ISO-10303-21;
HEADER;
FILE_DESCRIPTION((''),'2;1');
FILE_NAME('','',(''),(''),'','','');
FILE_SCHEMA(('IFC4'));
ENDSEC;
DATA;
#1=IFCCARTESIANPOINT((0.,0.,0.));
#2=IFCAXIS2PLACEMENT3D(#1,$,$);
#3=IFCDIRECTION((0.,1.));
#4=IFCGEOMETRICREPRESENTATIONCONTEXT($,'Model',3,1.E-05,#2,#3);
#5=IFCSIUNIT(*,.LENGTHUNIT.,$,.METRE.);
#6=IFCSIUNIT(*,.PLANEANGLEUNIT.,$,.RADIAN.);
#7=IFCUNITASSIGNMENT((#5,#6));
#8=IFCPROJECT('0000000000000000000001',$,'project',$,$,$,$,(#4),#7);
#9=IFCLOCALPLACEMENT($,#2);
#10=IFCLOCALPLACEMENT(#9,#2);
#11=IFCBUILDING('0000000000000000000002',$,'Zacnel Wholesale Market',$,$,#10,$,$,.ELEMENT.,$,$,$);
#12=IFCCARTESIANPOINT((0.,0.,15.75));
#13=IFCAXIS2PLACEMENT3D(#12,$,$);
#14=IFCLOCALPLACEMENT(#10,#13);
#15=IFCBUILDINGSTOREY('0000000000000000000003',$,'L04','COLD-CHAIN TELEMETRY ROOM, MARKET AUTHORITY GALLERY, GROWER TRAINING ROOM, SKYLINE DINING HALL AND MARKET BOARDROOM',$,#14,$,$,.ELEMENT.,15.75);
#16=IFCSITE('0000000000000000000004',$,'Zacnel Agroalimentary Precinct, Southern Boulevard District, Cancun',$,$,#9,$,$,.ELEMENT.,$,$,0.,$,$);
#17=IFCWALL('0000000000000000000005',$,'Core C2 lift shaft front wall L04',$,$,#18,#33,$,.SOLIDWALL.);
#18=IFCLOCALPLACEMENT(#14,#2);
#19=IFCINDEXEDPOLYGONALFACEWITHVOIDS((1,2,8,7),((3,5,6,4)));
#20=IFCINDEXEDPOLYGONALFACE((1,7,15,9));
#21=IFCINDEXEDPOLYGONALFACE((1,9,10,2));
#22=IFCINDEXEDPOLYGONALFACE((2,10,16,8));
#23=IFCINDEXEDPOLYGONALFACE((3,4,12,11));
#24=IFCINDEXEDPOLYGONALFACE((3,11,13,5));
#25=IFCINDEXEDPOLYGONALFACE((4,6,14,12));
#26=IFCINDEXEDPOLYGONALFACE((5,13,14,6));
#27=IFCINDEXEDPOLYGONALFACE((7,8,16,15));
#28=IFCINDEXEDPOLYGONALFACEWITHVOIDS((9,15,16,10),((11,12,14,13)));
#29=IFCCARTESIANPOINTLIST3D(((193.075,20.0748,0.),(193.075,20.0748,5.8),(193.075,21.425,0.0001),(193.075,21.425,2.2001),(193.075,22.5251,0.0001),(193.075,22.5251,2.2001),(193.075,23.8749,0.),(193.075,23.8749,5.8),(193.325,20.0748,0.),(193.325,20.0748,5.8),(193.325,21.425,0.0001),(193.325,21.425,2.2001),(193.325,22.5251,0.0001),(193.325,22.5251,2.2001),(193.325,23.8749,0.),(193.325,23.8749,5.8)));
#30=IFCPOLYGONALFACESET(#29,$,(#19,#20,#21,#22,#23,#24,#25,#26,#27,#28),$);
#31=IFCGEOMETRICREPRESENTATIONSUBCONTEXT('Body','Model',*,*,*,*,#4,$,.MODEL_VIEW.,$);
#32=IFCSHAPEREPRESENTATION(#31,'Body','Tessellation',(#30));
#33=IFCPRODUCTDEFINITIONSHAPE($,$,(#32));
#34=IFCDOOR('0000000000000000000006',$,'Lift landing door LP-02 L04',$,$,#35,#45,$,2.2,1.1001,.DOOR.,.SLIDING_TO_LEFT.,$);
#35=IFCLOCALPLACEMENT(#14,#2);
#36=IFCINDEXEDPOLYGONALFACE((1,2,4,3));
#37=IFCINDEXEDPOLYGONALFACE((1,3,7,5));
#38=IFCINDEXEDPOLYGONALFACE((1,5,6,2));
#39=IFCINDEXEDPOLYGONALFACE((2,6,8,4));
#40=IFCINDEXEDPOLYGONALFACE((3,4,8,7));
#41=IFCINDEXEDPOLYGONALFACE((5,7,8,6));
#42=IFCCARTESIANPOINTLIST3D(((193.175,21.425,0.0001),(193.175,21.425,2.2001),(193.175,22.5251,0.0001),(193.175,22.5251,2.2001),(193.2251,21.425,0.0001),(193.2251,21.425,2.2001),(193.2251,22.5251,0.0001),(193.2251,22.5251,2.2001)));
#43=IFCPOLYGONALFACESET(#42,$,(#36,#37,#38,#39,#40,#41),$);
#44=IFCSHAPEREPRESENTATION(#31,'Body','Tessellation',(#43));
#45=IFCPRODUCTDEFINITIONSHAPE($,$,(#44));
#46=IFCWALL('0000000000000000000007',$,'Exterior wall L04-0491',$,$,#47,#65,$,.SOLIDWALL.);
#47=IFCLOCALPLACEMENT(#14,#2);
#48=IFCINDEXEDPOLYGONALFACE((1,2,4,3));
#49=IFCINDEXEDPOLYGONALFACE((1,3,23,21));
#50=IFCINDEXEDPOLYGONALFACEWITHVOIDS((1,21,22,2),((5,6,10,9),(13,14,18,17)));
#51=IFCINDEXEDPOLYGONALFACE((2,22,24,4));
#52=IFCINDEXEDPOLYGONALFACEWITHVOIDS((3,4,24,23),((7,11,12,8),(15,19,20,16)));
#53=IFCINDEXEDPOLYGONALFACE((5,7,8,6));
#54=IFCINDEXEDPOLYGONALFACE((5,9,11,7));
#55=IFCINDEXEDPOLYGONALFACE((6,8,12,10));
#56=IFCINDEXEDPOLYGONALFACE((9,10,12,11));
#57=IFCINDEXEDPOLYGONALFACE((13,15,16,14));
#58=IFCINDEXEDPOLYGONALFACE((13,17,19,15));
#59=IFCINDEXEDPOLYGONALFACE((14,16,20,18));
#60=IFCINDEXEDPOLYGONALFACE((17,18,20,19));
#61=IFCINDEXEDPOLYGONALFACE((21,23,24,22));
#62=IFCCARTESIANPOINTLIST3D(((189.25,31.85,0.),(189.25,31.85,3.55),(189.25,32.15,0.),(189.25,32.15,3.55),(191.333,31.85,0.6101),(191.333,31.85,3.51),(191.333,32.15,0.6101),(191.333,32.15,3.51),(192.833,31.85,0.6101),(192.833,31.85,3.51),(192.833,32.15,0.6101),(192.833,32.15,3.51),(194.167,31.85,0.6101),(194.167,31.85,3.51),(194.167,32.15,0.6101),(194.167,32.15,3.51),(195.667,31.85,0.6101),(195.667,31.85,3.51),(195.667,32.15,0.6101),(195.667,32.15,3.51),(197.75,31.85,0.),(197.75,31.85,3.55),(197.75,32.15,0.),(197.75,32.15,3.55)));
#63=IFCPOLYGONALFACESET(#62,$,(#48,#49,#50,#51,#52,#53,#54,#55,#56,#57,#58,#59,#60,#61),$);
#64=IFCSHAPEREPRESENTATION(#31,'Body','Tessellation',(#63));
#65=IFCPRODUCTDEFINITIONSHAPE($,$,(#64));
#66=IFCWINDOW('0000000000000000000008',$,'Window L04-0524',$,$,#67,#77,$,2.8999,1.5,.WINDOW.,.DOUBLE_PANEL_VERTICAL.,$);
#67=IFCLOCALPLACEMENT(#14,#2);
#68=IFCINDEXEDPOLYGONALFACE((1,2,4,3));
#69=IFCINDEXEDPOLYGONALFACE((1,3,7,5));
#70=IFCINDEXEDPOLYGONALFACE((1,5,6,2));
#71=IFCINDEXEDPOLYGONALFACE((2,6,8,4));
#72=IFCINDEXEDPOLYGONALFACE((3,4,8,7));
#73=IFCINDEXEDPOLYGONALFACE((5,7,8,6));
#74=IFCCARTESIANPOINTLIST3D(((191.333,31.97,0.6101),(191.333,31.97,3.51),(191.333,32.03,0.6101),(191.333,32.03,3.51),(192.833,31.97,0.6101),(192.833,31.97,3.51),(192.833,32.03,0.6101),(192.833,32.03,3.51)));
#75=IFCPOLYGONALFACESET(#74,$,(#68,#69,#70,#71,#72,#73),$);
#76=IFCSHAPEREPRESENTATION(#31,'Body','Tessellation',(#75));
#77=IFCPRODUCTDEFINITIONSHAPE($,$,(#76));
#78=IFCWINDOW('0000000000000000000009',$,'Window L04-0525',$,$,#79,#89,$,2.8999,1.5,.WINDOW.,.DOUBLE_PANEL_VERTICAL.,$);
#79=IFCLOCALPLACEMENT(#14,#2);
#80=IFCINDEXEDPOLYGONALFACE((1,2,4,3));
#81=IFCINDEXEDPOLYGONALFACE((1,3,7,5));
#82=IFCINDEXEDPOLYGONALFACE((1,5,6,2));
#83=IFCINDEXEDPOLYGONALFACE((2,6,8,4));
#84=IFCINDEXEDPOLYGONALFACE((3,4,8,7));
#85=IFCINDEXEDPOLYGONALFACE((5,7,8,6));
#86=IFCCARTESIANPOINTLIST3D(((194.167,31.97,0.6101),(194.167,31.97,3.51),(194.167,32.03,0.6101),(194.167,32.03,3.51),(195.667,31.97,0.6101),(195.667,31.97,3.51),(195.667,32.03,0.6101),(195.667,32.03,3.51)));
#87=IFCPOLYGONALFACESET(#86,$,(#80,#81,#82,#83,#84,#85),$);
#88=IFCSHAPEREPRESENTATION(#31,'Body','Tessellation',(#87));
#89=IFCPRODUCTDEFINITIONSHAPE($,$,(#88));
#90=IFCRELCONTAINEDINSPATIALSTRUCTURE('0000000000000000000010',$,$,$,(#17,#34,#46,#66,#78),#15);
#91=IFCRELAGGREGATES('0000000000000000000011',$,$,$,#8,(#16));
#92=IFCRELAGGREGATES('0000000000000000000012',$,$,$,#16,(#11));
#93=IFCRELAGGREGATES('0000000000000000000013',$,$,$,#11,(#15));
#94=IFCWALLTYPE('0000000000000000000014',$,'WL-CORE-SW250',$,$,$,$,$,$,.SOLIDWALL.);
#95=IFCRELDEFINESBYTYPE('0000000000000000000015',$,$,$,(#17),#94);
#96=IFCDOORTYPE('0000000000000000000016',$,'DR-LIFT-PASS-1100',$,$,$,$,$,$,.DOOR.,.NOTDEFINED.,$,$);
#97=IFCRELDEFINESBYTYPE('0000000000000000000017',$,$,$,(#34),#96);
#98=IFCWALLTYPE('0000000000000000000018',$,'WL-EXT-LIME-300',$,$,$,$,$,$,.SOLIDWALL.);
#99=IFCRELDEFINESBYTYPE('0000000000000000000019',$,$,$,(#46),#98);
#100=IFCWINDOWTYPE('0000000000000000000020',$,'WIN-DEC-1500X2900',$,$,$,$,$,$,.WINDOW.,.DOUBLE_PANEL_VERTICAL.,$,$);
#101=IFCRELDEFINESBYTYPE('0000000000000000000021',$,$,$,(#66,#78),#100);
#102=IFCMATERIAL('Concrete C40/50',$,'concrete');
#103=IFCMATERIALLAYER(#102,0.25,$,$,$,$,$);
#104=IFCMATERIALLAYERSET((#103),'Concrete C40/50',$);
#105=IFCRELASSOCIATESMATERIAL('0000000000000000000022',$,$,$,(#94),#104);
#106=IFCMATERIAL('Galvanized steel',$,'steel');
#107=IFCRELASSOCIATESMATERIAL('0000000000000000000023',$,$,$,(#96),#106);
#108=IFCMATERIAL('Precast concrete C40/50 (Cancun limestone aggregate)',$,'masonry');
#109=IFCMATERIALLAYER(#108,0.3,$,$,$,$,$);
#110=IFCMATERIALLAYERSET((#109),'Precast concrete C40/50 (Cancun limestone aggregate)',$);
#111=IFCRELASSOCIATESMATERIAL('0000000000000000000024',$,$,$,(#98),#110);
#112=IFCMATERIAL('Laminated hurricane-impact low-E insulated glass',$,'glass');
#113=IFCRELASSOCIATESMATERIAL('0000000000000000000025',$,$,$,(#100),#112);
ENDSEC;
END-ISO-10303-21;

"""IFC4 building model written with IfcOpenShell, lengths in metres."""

from ifc_helpers import new_model, si_unit, direction, frame, frame_2d, origin, place, context, subcontext, project, spatial, rectangle, extrude, material, layer, layer_set, type_object, element, fill, save


model = new_model("IFC4")

# Units and contexts
model_context = context("Model", 3, precision=1e-05, world=origin(), true_north=direction((0.0, 1.0)))
body_context = subcontext(model_context, "Body", "Model", "MODEL_VIEW")
ifc_project = project(units=[si_unit("LENGTHUNIT", "METRE"), si_unit("PLANEANGLEUNIT", "RADIAN")], contexts=[model_context])

# Site, building, storey
site_placement = place(None, origin())
site = spatial("IfcSite", under=ifc_project, at=site_placement, Name="Zacnel Agroalimentary Precinct, Southern Boulevard District, Cancun", CompositionType="ELEMENT", RefElevation=0.0)
building_placement = place(site_placement, origin())
building = spatial("IfcBuilding", under=site, at=building_placement, Name="Zacnel Wholesale Market", CompositionType="ELEMENT")
storey_placement = place(building_placement, frame((0.0, 0.0, 15.75)))
storey = spatial("IfcBuildingStorey", under=building, at=storey_placement, Name="L04", Description="COLD-CHAIN TELEMETRY ROOM, MARKET AUTHORITY GALLERY, GROWER TRAINING ROOM, SKYLINE DINING HALL AND MARKET BOARDROOM", CompositionType="ELEMENT", Elevation=15.75)

# Shared definitions
ifc_material_1 = material(Name="Concrete C40/50", Category="concrete")
ifc_layer_1 = layer(ifc_material_1, 0.25)
ifc_layer_set_1 = layer_set([ifc_layer_1], Name="Concrete C40/50")
wall_type_1 = type_object("IfcWallType", Name="WL-CORE-SW250", PredefinedType="SOLIDWALL", material=ifc_layer_set_1)

# Wall, opening, door
wall_1_placement = place(storey_placement, frame((193.2, 20.075, 0.0), z_axis=(0.0, 0.0, 1.0), x_axis=(0.0, 1.0, 0.0)))
wall_1 = element("IfcWall", 1, at=wall_1_placement, inside=storey, type_object=wall_type_1, Name="Core C2 lift shaft front wall L04", PredefinedType="SOLIDWALL", context=body_context, shape_type="SweptSolid", body=[
    extrude(rectangle(XDim=3.8, YDim=0.25, at=frame_2d((1.8999, 0.0))), origin(), (0.0, 0.0, 1.0), 5.8),
])
opening_1_placement = place(wall_1_placement, frame((1.3501, 0.0, 0.0)))
opening_1 = element("IfcOpeningElement", 2, at=opening_1_placement, cuts=wall_1, PredefinedType="OPENING", context=body_context, shape_type="SweptSolid", body=[
    extrude(rectangle(XDim=1.1001, YDim=2.2, at=frame_2d((0.55, 1.1001))), frame((0.0, 0.135, 0.0), z_axis=(0.0, -1.0, 0.0), x_axis=(1.0, 0.0, 0.0)), (0.0, 0.0, 1.0), 0.27),
])
ifc_material_2 = material(Name="Galvanized steel", Category="steel")
door_type_1 = type_object("IfcDoorType", Name="DR-LIFT-PASS-1100", OperationType="NOTDEFINED", PredefinedType="DOOR", material=ifc_material_2)
door_1_placement = place(opening_1_placement, origin())
door_1 = element("IfcDoor", 3, at=door_1_placement, inside=storey, type_object=door_type_1, Name="Lift landing door LP-02 L04", OperationType="SLIDING_TO_LEFT", OverallHeight=2.2, OverallWidth=1.1001, PredefinedType="DOOR", context=body_context, shape_type="SweptSolid", body=[
    extrude(rectangle(XDim=1.1001, YDim=2.2, at=frame_2d((0.55, 1.1001))), frame((0.0, 0.0249, 0.0), z_axis=(0.0, -1.0, 0.0), x_axis=(1.0, 0.0, 0.0)), (0.0, 0.0, 1.0), 0.05),
])
fill(opening_1, door_1)

# Wall, openings, windows
ifc_material_3 = material(Name="Precast concrete C40/50 (Cancun limestone aggregate)", Category="masonry")
ifc_layer_2 = layer(ifc_material_3, 0.3)
ifc_layer_set_2 = layer_set([ifc_layer_2], Name="Precast concrete C40/50 (Cancun limestone aggregate)")
wall_type_2 = type_object("IfcWallType", Name="WL-EXT-LIME-300", PredefinedType="SOLIDWALL", material=ifc_layer_set_2)
wall_2_placement = place(storey_placement, frame((189.25, 32.0, 0.0), z_axis=(0.0, 0.0, 1.0), x_axis=(1.0, 0.0, 0.0)))
wall_2 = element("IfcWall", 4, at=wall_2_placement, inside=storey, type_object=wall_type_2, Name="Exterior wall L04-0491", PredefinedType="SOLIDWALL", context=body_context, shape_type="SweptSolid", body=[
    extrude(rectangle(XDim=8.5, YDim=0.3, at=frame_2d((4.25, 0.0))), origin(), (0.0, 0.0, 1.0), 3.55),
])
opening_2_placement = place(wall_2_placement, frame((2.083, 0.0, 0.6101)))
opening_2 = element("IfcOpeningElement", 5, at=opening_2_placement, cuts=wall_2, PredefinedType="OPENING", context=body_context, shape_type="SweptSolid", body=[
    extrude(rectangle(XDim=1.5, YDim=2.8999, at=frame_2d((0.75, 1.45))), frame((0.0, 0.1599, 0.0), z_axis=(0.0, -1.0, 0.0), x_axis=(1.0, 0.0, 0.0)), (0.0, 0.0, 1.0), 0.3201),
])
opening_3_placement = place(wall_2_placement, frame((4.917, 0.0, 0.6101)))
opening_3 = element("IfcOpeningElement", 6, at=opening_3_placement, cuts=wall_2, PredefinedType="OPENING", context=body_context, shape_type="SweptSolid", body=[
    extrude(rectangle(XDim=1.5, YDim=2.8999, at=frame_2d((0.75, 1.45))), frame((0.0, 0.1599, 0.0), z_axis=(0.0, -1.0, 0.0), x_axis=(1.0, 0.0, 0.0)), (0.0, 0.0, 1.0), 0.3201),
])
ifc_material_4 = material(Name="Laminated hurricane-impact low-E insulated glass", Category="glass")
window_type = type_object("IfcWindowType", Name="WIN-DEC-1500X2900", PartitioningType="DOUBLE_PANEL_VERTICAL", PredefinedType="WINDOW", material=ifc_material_4)
window_1_placement = place(opening_2_placement, origin())
window_1 = element("IfcWindow", 7, at=window_1_placement, inside=storey, type_object=window_type, Name="Window L04-0524", OverallHeight=2.8999, OverallWidth=1.5, PartitioningType="DOUBLE_PANEL_VERTICAL", PredefinedType="WINDOW", context=body_context, shape_type="SweptSolid", body=[
    extrude(rectangle(XDim=1.5, YDim=2.8999, at=frame_2d((0.75, 1.45))), frame((0.0, 0.03, 0.0), z_axis=(0.0, -1.0, 0.0), x_axis=(1.0, 0.0, 0.0)), (0.0, 0.0, 1.0), 0.0601),
])
fill(opening_2, window_1)
window_2_placement = place(opening_3_placement, origin())
window_2 = element("IfcWindow", 8, at=window_2_placement, inside=storey, type_object=window_type, Name="Window L04-0525", OverallHeight=2.8999, OverallWidth=1.5, PartitioningType="DOUBLE_PANEL_VERTICAL", PredefinedType="WINDOW", context=body_context, shape_type="SweptSolid", body=[
    extrude(rectangle(XDim=1.5, YDim=2.8999, at=frame_2d((0.75, 1.45))), frame((0.0, 0.03, 0.0), z_axis=(0.0, -1.0, 0.0), x_axis=(1.0, 0.0, 0.0)), (0.0, 0.0, 1.0), 0.0601),
])
fill(opening_3, window_2)

save(model, "model.ifc")
